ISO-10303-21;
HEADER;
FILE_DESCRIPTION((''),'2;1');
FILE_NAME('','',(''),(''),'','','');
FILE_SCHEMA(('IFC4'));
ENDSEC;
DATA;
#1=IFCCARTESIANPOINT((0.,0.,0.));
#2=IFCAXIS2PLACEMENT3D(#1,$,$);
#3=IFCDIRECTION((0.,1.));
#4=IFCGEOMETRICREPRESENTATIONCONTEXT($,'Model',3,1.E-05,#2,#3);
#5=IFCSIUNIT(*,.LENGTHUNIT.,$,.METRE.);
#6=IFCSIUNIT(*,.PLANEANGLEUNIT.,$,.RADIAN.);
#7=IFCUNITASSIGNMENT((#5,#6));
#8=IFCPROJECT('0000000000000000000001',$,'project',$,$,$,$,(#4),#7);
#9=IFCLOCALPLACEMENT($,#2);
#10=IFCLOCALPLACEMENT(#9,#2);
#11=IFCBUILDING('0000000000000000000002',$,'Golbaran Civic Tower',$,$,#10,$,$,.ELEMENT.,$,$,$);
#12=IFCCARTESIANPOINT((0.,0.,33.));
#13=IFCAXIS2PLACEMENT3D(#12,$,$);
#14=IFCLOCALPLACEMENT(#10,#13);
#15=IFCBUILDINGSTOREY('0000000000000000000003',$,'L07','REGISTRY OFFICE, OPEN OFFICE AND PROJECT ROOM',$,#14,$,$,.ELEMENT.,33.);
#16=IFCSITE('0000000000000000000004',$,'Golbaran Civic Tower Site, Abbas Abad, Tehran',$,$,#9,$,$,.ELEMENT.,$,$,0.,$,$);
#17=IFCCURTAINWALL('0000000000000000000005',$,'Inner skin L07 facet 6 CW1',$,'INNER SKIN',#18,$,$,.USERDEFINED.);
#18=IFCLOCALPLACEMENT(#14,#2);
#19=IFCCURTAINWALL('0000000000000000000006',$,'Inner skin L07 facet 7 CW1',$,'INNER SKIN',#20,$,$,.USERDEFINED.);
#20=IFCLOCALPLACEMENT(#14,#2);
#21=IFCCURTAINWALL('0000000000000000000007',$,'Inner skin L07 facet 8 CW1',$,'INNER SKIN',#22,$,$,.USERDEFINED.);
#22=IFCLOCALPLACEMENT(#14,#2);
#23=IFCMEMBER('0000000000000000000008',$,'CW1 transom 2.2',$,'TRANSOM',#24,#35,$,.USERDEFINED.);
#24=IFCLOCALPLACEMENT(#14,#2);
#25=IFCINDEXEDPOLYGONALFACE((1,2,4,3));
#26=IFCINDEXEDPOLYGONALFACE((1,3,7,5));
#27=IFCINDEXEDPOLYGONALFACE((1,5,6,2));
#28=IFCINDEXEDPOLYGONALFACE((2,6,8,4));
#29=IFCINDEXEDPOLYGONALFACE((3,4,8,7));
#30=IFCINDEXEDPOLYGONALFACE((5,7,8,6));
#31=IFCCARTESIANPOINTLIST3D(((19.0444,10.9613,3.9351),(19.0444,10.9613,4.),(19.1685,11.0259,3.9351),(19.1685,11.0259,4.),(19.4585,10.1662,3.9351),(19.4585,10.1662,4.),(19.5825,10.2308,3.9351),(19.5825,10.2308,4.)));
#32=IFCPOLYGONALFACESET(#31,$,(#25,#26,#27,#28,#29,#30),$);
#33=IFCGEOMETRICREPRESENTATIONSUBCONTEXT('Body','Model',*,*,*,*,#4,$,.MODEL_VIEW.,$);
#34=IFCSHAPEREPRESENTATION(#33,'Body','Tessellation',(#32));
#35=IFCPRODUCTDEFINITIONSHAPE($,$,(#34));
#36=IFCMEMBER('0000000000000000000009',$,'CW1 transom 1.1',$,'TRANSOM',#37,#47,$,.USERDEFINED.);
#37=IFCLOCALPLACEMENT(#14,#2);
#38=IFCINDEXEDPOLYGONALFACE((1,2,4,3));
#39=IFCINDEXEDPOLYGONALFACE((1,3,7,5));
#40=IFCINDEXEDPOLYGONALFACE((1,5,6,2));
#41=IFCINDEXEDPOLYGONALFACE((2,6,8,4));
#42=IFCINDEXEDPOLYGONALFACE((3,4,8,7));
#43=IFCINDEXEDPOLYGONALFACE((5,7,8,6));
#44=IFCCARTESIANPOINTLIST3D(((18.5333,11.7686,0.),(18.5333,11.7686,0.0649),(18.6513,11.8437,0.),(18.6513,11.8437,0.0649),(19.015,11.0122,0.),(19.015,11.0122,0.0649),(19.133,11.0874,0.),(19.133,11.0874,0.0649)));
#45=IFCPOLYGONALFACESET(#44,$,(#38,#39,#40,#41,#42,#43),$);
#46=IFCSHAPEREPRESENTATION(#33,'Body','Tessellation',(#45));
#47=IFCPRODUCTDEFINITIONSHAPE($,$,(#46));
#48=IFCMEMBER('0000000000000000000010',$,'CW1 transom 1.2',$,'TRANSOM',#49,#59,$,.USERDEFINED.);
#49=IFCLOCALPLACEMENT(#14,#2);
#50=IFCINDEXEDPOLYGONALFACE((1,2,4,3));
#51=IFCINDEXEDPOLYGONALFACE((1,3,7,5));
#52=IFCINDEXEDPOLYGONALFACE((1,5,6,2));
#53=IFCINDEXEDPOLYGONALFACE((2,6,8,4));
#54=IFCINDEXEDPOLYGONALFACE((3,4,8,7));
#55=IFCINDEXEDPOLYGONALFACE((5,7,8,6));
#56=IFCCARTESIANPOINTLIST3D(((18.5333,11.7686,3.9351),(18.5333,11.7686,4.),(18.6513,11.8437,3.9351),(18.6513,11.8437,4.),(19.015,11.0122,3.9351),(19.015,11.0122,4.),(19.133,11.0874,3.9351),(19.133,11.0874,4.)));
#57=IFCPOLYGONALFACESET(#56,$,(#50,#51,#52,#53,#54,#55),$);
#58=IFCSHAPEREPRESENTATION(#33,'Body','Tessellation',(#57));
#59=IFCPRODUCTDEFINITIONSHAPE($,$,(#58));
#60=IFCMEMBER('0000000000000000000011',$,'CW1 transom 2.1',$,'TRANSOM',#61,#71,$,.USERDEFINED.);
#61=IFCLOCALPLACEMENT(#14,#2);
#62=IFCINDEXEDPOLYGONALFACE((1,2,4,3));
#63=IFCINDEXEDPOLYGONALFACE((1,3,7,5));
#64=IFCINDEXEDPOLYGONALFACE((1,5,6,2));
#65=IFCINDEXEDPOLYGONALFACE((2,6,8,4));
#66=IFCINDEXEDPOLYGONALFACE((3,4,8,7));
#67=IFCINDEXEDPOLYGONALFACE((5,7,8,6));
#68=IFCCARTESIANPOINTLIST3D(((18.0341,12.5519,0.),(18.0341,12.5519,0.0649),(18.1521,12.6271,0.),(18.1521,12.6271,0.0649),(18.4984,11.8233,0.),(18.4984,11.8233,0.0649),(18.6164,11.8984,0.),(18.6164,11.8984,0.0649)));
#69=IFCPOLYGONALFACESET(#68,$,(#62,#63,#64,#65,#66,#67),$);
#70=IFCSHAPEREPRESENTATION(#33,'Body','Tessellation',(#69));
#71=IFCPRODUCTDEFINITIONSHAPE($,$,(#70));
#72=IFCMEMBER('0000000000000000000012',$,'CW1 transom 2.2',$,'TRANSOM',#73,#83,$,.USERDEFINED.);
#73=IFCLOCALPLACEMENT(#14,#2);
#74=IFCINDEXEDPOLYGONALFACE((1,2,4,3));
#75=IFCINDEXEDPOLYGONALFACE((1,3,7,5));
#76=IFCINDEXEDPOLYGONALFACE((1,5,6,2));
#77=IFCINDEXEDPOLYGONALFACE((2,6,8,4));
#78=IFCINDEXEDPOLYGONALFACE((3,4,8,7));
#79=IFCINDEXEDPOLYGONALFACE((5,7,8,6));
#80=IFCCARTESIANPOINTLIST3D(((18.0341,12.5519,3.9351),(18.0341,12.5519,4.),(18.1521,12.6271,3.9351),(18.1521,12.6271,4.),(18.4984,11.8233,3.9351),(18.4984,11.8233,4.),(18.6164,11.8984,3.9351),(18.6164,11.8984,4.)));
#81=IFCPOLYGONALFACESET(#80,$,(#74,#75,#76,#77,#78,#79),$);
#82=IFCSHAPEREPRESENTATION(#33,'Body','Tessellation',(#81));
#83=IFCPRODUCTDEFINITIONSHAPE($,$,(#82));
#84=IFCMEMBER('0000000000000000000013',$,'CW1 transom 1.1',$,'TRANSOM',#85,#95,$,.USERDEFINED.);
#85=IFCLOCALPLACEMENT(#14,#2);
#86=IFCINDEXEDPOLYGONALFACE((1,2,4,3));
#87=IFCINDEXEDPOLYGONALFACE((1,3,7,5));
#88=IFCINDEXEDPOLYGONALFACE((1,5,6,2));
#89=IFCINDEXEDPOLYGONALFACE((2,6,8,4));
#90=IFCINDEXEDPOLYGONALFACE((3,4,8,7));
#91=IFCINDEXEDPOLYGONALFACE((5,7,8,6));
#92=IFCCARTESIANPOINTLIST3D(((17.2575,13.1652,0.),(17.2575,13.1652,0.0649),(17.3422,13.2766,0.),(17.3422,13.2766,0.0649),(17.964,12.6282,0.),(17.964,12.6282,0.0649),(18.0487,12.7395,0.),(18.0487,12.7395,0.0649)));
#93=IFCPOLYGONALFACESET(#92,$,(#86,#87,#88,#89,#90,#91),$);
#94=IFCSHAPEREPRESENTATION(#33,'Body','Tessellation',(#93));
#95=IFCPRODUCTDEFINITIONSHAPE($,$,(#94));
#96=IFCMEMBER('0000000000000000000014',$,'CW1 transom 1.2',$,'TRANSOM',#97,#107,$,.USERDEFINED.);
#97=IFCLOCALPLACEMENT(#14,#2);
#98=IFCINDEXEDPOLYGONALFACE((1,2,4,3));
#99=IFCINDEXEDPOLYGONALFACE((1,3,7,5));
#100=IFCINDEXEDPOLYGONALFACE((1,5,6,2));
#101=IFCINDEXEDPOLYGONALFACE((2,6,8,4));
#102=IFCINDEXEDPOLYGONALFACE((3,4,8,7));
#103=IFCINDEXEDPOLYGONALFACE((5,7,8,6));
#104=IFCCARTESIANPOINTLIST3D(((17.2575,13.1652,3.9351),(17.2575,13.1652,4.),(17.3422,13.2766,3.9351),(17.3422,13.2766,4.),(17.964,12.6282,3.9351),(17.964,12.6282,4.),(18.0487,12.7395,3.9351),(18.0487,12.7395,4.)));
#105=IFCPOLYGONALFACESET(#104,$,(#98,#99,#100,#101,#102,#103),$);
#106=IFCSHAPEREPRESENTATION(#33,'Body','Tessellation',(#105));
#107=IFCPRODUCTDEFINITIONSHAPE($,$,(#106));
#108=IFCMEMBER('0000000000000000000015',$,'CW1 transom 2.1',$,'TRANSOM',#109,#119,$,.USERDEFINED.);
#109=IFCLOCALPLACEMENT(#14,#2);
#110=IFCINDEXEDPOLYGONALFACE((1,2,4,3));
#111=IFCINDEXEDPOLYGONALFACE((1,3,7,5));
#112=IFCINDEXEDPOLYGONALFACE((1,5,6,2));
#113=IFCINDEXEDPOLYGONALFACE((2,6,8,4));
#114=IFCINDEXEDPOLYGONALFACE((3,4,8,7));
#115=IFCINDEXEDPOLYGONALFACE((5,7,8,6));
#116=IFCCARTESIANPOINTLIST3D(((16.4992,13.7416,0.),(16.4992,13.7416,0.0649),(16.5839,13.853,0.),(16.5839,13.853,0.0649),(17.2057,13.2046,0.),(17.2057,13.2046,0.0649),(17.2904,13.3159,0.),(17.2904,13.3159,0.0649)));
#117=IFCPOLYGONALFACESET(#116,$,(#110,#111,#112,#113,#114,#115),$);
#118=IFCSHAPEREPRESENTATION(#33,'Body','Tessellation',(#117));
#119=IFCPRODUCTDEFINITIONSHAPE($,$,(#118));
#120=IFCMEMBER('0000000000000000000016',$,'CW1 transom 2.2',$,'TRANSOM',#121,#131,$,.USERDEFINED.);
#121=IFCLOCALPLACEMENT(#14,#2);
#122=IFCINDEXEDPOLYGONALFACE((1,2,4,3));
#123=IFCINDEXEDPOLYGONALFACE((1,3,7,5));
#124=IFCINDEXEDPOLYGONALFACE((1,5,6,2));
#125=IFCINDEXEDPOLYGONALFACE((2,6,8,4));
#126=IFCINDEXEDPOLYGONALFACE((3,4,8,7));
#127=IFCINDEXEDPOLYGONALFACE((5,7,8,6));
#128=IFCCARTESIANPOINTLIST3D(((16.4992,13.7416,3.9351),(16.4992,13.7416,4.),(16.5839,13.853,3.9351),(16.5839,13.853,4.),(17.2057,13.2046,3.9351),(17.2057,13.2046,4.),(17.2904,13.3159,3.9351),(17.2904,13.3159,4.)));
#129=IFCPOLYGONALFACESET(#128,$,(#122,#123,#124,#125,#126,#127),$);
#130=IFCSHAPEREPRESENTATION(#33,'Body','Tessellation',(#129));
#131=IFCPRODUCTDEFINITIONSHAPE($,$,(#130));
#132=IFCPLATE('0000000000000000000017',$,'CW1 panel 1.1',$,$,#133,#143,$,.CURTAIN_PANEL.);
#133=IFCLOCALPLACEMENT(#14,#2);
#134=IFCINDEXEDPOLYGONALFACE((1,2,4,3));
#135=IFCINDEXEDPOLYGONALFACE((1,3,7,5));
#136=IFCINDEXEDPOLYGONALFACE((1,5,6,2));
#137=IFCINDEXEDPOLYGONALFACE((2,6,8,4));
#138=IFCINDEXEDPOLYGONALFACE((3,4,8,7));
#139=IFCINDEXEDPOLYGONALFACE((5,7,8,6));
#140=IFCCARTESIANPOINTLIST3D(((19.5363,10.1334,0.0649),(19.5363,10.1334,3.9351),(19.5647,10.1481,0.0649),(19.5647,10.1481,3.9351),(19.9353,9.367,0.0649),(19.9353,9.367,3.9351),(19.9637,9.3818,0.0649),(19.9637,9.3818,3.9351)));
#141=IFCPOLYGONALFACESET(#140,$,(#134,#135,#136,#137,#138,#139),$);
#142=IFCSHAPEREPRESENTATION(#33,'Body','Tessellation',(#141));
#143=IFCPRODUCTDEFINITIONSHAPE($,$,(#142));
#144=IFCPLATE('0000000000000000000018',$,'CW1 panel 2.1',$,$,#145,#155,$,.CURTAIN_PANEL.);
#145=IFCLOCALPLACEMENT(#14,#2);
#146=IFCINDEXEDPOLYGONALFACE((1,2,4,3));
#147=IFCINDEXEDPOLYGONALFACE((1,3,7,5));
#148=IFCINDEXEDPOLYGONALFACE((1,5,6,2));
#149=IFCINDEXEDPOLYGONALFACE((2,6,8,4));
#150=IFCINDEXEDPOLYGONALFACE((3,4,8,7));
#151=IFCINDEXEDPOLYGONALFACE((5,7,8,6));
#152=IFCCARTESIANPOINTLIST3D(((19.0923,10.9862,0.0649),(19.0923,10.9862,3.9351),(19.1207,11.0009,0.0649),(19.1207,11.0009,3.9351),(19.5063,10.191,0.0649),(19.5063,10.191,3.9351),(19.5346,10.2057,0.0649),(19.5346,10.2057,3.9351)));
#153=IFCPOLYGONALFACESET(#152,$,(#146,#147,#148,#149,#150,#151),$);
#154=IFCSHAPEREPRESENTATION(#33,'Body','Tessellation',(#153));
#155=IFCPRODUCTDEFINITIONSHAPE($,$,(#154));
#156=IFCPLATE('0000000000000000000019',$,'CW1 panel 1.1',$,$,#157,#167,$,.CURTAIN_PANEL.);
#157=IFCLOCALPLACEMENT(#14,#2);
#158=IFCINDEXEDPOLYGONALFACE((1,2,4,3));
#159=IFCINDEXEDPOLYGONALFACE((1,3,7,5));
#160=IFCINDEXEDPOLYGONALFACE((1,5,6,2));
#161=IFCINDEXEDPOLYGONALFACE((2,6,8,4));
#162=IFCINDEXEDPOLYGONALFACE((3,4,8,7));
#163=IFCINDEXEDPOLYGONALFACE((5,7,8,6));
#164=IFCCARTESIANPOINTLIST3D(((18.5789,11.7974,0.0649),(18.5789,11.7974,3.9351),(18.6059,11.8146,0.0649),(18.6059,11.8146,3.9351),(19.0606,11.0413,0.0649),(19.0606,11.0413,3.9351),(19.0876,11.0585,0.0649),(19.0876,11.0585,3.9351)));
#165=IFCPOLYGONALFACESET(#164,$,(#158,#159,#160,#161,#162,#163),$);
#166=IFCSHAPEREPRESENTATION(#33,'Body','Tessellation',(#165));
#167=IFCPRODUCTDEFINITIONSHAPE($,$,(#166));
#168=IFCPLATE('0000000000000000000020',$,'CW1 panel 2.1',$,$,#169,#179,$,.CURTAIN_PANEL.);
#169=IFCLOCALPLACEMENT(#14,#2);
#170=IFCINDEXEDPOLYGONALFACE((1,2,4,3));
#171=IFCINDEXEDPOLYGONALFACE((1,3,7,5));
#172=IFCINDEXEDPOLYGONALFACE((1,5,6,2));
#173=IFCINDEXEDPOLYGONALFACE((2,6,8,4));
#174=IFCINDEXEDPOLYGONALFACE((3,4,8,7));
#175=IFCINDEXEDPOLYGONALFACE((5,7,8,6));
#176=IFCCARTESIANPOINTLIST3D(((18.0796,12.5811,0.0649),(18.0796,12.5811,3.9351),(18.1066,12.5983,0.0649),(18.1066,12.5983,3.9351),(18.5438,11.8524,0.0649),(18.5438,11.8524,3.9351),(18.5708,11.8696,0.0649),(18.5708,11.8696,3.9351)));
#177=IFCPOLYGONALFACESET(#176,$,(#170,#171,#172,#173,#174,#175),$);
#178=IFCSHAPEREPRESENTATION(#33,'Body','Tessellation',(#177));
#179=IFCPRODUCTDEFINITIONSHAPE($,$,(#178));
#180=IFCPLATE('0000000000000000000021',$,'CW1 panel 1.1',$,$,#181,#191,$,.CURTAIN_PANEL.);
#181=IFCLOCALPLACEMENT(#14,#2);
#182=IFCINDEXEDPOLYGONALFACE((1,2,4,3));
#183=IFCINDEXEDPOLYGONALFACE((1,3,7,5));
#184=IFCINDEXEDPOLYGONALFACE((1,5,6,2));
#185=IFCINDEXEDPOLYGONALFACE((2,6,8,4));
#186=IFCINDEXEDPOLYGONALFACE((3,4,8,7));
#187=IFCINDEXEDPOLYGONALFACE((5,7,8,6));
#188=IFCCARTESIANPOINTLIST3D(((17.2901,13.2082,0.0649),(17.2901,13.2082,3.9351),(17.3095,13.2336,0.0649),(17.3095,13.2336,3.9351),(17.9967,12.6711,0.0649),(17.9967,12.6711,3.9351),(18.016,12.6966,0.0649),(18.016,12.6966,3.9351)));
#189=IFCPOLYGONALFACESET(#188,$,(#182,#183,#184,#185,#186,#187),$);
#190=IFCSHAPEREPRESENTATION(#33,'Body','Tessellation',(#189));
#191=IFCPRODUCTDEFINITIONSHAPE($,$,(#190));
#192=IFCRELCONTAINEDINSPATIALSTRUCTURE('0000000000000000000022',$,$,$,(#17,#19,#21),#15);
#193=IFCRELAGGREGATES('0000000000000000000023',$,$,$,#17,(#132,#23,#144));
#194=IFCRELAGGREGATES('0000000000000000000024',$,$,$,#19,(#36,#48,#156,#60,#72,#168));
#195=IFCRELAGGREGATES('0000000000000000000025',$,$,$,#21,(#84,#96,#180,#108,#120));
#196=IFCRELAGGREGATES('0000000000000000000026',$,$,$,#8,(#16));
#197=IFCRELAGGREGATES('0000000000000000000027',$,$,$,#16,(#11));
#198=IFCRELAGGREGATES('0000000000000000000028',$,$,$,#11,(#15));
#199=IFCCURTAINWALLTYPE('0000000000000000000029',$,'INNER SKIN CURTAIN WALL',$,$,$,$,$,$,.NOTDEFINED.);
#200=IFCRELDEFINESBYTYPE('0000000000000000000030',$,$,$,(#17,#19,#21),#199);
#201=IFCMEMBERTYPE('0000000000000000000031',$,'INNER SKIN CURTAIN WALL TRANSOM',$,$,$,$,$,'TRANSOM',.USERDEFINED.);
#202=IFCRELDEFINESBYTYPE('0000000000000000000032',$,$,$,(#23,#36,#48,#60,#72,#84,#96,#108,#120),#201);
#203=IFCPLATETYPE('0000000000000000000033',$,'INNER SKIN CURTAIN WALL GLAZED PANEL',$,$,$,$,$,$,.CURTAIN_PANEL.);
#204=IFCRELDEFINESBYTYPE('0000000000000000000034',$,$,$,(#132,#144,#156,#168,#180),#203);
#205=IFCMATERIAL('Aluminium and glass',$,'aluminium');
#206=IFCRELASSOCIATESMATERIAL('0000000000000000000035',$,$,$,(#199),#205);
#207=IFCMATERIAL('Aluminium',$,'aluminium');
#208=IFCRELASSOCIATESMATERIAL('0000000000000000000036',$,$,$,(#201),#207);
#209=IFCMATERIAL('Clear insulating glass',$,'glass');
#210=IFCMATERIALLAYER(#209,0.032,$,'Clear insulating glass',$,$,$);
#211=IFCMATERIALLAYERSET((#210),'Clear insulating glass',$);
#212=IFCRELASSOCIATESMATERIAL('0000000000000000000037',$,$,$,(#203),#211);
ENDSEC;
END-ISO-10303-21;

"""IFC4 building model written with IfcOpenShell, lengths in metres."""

from ifc_helpers import new_model, si_unit, direction, frame, origin, origin_2d, place, context, subcontext, project, spatial, rectangle, extrude, material, layer, layer_set, material_profile, profile_set, type_object, element, aggregate, save


model = new_model("IFC4")

# Units and contexts
model_context = context("Model", 3, precision=1e-05, world=origin(), true_north=direction((0.0, 1.0)))
body_context = subcontext(model_context, "Body", "Model", "MODEL_VIEW")
ifc_project = project(units=[si_unit("LENGTHUNIT", "METRE"), si_unit("PLANEANGLEUNIT", "RADIAN")], contexts=[model_context])

# Site, building, storey
site_placement = place(None, origin())
site = spatial("IfcSite", under=ifc_project, at=site_placement, Name="Golbaran Civic Tower Site, Abbas Abad, Tehran", CompositionType="ELEMENT", RefElevation=0.0)
building_placement = place(site_placement, origin())
building = spatial("IfcBuilding", under=site, at=building_placement, Name="Golbaran Civic Tower", CompositionType="ELEMENT")
storey_placement = place(building_placement, frame((0.0, 0.0, 33.0)))
storey = spatial("IfcBuildingStorey", under=building, at=storey_placement, Name="L07", Description="REGISTRY OFFICE, OPEN OFFICE AND PROJECT ROOM", CompositionType="ELEMENT", Elevation=33.0)

# Curtain walls
ifc_material_1 = material(Name="Aluminium and glass", Category="aluminium")
curtain_wall_type = type_object("IfcCurtainWallType", Name="INNER SKIN CURTAIN WALL", PredefinedType="NOTDEFINED", material=ifc_material_1)
curtain_wall_1_placement = place(storey_placement, origin())
curtain_wall_1 = element("IfcCurtainWall", 1, at=curtain_wall_1_placement, inside=storey, type_object=curtain_wall_type, Name="Inner skin L07 facet 6 CW1", ObjectType="INNER SKIN", PredefinedType="USERDEFINED")
ifc_material_2 = material(Name="Aluminium", Category="aluminium")
curtain_wall_2_placement = place(storey_placement, origin())
curtain_wall_2 = element("IfcCurtainWall", 2, at=curtain_wall_2_placement, inside=storey, type_object=curtain_wall_type, Name="Inner skin L07 facet 7 CW1", ObjectType="INNER SKIN", PredefinedType="USERDEFINED")
curtain_wall_3_placement = place(storey_placement, origin())
curtain_wall_3 = element("IfcCurtainWall", 3, at=curtain_wall_3_placement, inside=storey, type_object=curtain_wall_type, Name="Inner skin L07 facet 8 CW1", ObjectType="INNER SKIN", PredefinedType="USERDEFINED")

# Members
ifc_material_profile_1 = material_profile(ifc_material_2, rectangle(XDim=0.1399, YDim=0.0649, at=origin_2d()), Name="INNER SKIN CURTAIN WALL TRANSOM")
ifc_profile_set_1 = profile_set([ifc_material_profile_1], Name="Aluminium")
member_type_1 = type_object("IfcMemberType", Name="INNER SKIN CURTAIN WALL TRANSOM", ElementType="TRANSOM", PredefinedType="USERDEFINED", material=ifc_profile_set_1)
member_1_placement = place(storey_placement, frame((19.5205, 10.1985, 3.9675), z_axis=(-0.461859, 0.886954, 0.0), x_axis=(-0.886954, -0.461859, 0.0)))
member_1 = element("IfcMember", 4, at=member_1_placement, type_object=member_type_1, Name="CW1 transom 2.2", ObjectType="TRANSOM", PredefinedType="USERDEFINED", context=body_context, shape_type="SweptSolid", body=[
    extrude(rectangle(XDim=0.1399, YDim=0.0649, at=origin_2d()), origin(), (0.0, 0.0, 1.0), 0.8965),
])
member_2_placement = place(storey_placement, frame((19.074, 11.0498, 0.0325), z_axis=(-0.537175, 0.843471, 0.0), x_axis=(-0.843471, -0.537175, 0.0)))
member_2 = element("IfcMember", 5, at=member_2_placement, type_object=member_type_1, Name="CW1 transom 1.1", ObjectType="TRANSOM", PredefinedType="USERDEFINED", context=body_context, shape_type="SweptSolid", body=[
    extrude(rectangle(XDim=0.1399, YDim=0.0649, at=origin_2d()), origin(), (0.0, 0.0, 1.0), 0.8967),
])
member_3_placement = place(storey_placement, frame((19.074, 11.0498, 3.9675), z_axis=(-0.537175, 0.843471, 0.0), x_axis=(-0.843471, -0.537175, 0.0)))
member_3 = element("IfcMember", 6, at=member_3_placement, type_object=member_type_1, Name="CW1 transom 1.2", ObjectType="TRANSOM", PredefinedType="USERDEFINED", context=body_context, shape_type="SweptSolid", body=[
    extrude(rectangle(XDim=0.1399, YDim=0.0649, at=origin_2d()), origin(), (0.0, 0.0, 1.0), 0.8967),
])
member_4_placement = place(storey_placement, frame((18.5574, 11.8608, 0.0325), z_axis=(-0.537369, 0.843347, 0.0), x_axis=(-0.843347, -0.537369, 0.0)))
member_4 = element("IfcMember", 7, at=member_4_placement, type_object=member_type_1, Name="CW1 transom 2.1", ObjectType="TRANSOM", PredefinedType="USERDEFINED", context=body_context, shape_type="SweptSolid", body=[
    extrude(rectangle(XDim=0.1399, YDim=0.0649, at=origin_2d()), origin(), (0.0, 0.0, 1.0), 0.864),
])
member_5_placement = place(storey_placement, frame((18.5574, 11.8608, 3.9675), z_axis=(-0.537369, 0.843347, 0.0), x_axis=(-0.843347, -0.537369, 0.0)))
member_5 = element("IfcMember", 8, at=member_5_placement, type_object=member_type_1, Name="CW1 transom 2.2", ObjectType="TRANSOM", PredefinedType="USERDEFINED", context=body_context, shape_type="SweptSolid", body=[
    extrude(rectangle(XDim=0.1399, YDim=0.0649, at=origin_2d()), origin(), (0.0, 0.0, 1.0), 0.864),
])
member_6_placement = place(storey_placement, frame((18.0063, 12.6838, 0.0325), z_axis=(-0.796088, 0.605181, 0.0), x_axis=(-0.605181, -0.796088, 0.0)))
member_6 = element("IfcMember", 9, at=member_6_placement, type_object=member_type_1, Name="CW1 transom 1.1", ObjectType="TRANSOM", PredefinedType="USERDEFINED", context=body_context, shape_type="SweptSolid", body=[
    extrude(rectangle(XDim=0.1399, YDim=0.0649, at=origin_2d()), origin(), (0.0, 0.0, 1.0), 0.8875),
])
member_7_placement = place(storey_placement, frame((18.0063, 12.6838, 3.9675), z_axis=(-0.796088, 0.605181, 0.0), x_axis=(-0.605181, -0.796088, 0.0)))
member_7 = element("IfcMember", 10, at=member_7_placement, type_object=member_type_1, Name="CW1 transom 1.2", ObjectType="TRANSOM", PredefinedType="USERDEFINED", context=body_context, shape_type="SweptSolid", body=[
    extrude(rectangle(XDim=0.1399, YDim=0.0649, at=origin_2d()), origin(), (0.0, 0.0, 1.0), 0.8875),
])
member_8_placement = place(storey_placement, frame((17.248, 13.2603, 0.0325), z_axis=(-0.796088, 0.605181, 0.0), x_axis=(-0.605181, -0.796088, 0.0)))
member_8 = element("IfcMember", 11, at=member_8_placement, type_object=member_type_1, Name="CW1 transom 2.1", ObjectType="TRANSOM", PredefinedType="USERDEFINED", context=body_context, shape_type="SweptSolid", body=[
    extrude(rectangle(XDim=0.1399, YDim=0.0649, at=origin_2d()), origin(), (0.0, 0.0, 1.0), 0.8875),
])
member_9_placement = place(storey_placement, frame((17.248, 13.2603, 3.9675), z_axis=(-0.796088, 0.605181, 0.0), x_axis=(-0.605181, -0.796088, 0.0)))
member_9 = element("IfcMember", 12, at=member_9_placement, type_object=member_type_1, Name="CW1 transom 2.2", ObjectType="TRANSOM", PredefinedType="USERDEFINED", context=body_context, shape_type="SweptSolid", body=[
    extrude(rectangle(XDim=0.1399, YDim=0.0649, at=origin_2d()), origin(), (0.0, 0.0, 1.0), 0.8875),
])

# Plates
ifc_material_3 = material(Name="Clear insulating glass", Category="glass")
ifc_layer_1 = layer(ifc_material_3, 0.032, Name="Clear insulating glass")
ifc_layer_set_1 = layer_set([ifc_layer_1], Name="Clear insulating glass")
plate_type_1 = type_object("IfcPlateType", Name="INNER SKIN CURTAIN WALL GLAZED PANEL", PredefinedType="CURTAIN_PANEL", material=ifc_layer_set_1)
plate_1_placement = place(storey_placement, frame((19.75, 9.7576, 0.0649), z_axis=(0.0, 0.0, 1.0), x_axis=(-0.461749, 0.887011, 0.0)))
plate_1 = element("IfcPlate", 13, at=plate_1_placement, type_object=plate_type_1, Name="CW1 panel 1.1", PredefinedType="CURTAIN_PANEL", context=body_context, shape_type="SweptSolid", body=[
    extrude(rectangle(XDim=0.864, YDim=0.032, at=origin_2d()), origin(), (0.0, 0.0, 1.0), 3.8701),
])
plate_2_placement = place(storey_placement, frame((19.3135, 10.5959, 0.0649), z_axis=(0.0, 0.0, 1.0), x_axis=(-0.461749, 0.887011, 0.0)))
plate_2 = element("IfcPlate", 14, at=plate_2_placement, type_object=plate_type_1, Name="CW1 panel 2.1", PredefinedType="CURTAIN_PANEL", context=body_context, shape_type="SweptSolid", body=[
    extrude(rectangle(XDim=0.8965, YDim=0.032, at=origin_2d()), origin(), (0.0, 0.0, 1.0), 3.8701),
])
aggregate(curtain_wall_1, [plate_1, member_1, plate_2])
plate_3_placement = place(storey_placement, frame((18.8333, 11.428, 0.0649), z_axis=(0.0, 0.0, 1.0), x_axis=(-0.5373, 0.843391, 0.0)))
plate_3 = element("IfcPlate", 15, at=plate_3_placement, type_object=plate_type_1, Name="CW1 panel 1.1", PredefinedType="CURTAIN_PANEL", context=body_context, shape_type="SweptSolid", body=[
    extrude(rectangle(XDim=0.8965, YDim=0.032, at=origin_2d()), origin(), (0.0, 0.0, 1.0), 3.8701),
])
plate_4_placement = place(storey_placement, frame((18.3252, 12.2253, 0.0649), z_axis=(0.0, 0.0, 1.0), x_axis=(-0.5373, 0.843391, 0.0)))
plate_4 = element("IfcPlate", 16, at=plate_4_placement, type_object=plate_type_1, Name="CW1 panel 2.1", PredefinedType="CURTAIN_PANEL", context=body_context, shape_type="SweptSolid", body=[
    extrude(rectangle(XDim=0.864, YDim=0.032, at=origin_2d()), origin(), (0.0, 0.0, 1.0), 3.8701),
])
aggregate(curtain_wall_2, [member_2, member_3, plate_3, member_4, member_5, plate_4])
plate_5_placement = place(storey_placement, frame((17.6531, 12.9524, 0.0649), z_axis=(0.0, 0.0, 1.0), x_axis=(-0.796108, 0.605154, 0.0)))
plate_5 = element("IfcPlate", 17, at=plate_5_placement, type_object=plate_type_1, Name="CW1 panel 1.1", PredefinedType="CURTAIN_PANEL", context=body_context, shape_type="SweptSolid", body=[
    extrude(rectangle(XDim=0.8875, YDim=0.032, at=origin_2d()), origin(), (0.0, 0.0, 1.0), 3.8701),
])
aggregate(curtain_wall_3, [member_6, member_7, plate_5, member_8, member_9])

save(model, "model.ifc")
